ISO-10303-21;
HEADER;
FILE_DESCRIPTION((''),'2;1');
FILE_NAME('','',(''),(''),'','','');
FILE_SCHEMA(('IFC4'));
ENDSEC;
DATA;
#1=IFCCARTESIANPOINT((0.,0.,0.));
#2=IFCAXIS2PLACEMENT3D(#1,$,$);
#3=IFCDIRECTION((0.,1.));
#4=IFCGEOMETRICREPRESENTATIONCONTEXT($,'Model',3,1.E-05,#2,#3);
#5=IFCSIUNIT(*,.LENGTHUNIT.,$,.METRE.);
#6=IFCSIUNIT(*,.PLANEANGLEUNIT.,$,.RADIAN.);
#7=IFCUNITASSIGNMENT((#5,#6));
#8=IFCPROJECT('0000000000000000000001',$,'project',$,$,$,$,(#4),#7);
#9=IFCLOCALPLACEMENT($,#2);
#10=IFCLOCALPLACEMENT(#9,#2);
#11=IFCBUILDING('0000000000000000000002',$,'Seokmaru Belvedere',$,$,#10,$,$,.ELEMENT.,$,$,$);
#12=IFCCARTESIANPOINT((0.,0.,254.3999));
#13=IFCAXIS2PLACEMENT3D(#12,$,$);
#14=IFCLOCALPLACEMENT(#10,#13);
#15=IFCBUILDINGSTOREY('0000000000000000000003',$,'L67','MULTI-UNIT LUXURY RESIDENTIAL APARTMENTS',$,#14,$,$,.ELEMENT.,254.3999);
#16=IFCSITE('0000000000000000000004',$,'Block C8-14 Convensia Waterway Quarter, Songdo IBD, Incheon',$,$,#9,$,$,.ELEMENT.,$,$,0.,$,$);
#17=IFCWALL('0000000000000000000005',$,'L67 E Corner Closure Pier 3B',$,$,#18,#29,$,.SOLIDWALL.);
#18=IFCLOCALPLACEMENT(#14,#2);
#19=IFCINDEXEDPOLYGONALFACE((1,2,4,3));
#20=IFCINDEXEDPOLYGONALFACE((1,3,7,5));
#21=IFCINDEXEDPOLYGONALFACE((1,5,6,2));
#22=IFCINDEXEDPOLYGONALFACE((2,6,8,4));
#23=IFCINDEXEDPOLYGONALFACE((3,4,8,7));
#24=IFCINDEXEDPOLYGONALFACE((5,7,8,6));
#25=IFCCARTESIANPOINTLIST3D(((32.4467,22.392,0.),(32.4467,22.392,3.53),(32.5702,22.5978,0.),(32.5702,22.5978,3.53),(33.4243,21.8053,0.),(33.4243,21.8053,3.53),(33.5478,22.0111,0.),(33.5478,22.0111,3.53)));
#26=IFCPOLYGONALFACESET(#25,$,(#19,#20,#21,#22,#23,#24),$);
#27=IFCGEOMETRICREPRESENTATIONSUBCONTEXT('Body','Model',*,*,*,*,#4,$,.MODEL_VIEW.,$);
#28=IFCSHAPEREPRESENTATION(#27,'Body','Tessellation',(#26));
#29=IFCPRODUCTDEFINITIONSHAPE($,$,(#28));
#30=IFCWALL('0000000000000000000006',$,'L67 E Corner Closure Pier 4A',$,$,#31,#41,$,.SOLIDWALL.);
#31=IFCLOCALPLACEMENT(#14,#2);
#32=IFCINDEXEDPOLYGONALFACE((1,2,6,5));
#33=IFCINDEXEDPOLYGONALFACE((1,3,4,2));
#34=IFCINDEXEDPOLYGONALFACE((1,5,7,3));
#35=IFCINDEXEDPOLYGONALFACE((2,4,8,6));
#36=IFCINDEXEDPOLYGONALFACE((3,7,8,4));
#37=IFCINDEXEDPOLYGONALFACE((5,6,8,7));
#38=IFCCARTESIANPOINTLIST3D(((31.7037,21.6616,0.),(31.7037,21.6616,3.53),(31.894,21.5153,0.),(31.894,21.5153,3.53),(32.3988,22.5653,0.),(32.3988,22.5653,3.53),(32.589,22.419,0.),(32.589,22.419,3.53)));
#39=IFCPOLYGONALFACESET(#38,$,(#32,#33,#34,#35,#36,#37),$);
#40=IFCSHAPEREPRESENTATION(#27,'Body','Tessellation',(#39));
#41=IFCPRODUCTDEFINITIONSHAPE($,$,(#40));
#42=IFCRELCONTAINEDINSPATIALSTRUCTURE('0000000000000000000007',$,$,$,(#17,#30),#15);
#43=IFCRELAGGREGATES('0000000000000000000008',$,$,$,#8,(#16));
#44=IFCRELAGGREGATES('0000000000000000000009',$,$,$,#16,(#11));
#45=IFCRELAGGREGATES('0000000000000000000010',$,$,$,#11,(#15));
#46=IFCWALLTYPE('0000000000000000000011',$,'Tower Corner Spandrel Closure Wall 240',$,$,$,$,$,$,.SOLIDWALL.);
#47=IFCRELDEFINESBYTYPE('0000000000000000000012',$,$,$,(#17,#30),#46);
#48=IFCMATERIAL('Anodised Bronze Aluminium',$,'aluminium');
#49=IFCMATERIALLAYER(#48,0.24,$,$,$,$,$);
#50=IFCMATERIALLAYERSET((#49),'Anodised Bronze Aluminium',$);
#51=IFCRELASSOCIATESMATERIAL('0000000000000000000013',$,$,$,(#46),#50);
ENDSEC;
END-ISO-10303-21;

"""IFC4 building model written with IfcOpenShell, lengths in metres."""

from ifc_helpers import new_model, si_unit, direction, frame, frame_2d, origin, place, context, subcontext, project, spatial, rectangle, extrude, material, layer, layer_set, type_object, element, save


model = new_model("IFC4")

# Units and contexts
model_context = context("Model", 3, precision=1e-05, world=origin(), true_north=direction((0.0, 1.0)))
body_context = subcontext(model_context, "Body", "Model", "MODEL_VIEW")
ifc_project = project(units=[si_unit("LENGTHUNIT", "METRE"), si_unit("PLANEANGLEUNIT", "RADIAN")], contexts=[model_context])

# Site, building, storey
site_placement = place(None, origin())
site = spatial("IfcSite", under=ifc_project, at=site_placement, Name="Block C8-14 Convensia Waterway Quarter, Songdo IBD, Incheon", CompositionType="ELEMENT", RefElevation=0.0)
building_placement = place(site_placement, origin())
building = spatial("IfcBuilding", under=site, at=building_placement, Name="Seokmaru Belvedere", CompositionType="ELEMENT")
storey_placement = place(building_placement, frame((0.0, 0.0, 254.3999)))
storey = spatial("IfcBuildingStorey", under=building, at=storey_placement, Name="L67", Description="MULTI-UNIT LUXURY RESIDENTIAL APARTMENTS", CompositionType="ELEMENT", Elevation=254.3999)

# Shared definitions
ifc_material_1 = material(Name="Anodised Bronze Aluminium", Category="aluminium")

# Walls
ifc_layer_1 = layer(ifc_material_1, 0.24)
ifc_layer_set_1 = layer_set([ifc_layer_1], Name="Anodised Bronze Aluminium")
wall_type_1 = type_object("IfcWallType", Name="Tower Corner Spandrel Closure Wall 240", PredefinedType="SOLIDWALL", material=ifc_layer_set_1)
for number, where, z_axis, x_axis, name in (
    (1, (33.4861, 21.9082, 0.0), (0.0, 0.0, 1.0), (-0.857436, 0.51459, 0.0), "L67 E Corner Closure Pier 3B"),
    (2, (32.4939, 22.4922, 0.0), (0.0, 0.0, 1.0), (-0.609618, -0.792696, 0.0), "L67 E Corner Closure Pier 4A"),
):
    element("IfcWall", number, at=place(storey_placement, frame(where, z_axis=z_axis, x_axis=x_axis)), inside=storey, type_object=wall_type_1, Name=name, PredefinedType="SOLIDWALL", context=body_context, shape_type="SweptSolid", body=[
        extrude(rectangle(XDim=1.1401, YDim=0.24, at=frame_2d((0.5701, 0.0))), origin(), (0.0, 0.0, 1.0), 3.53),
    ])

save(model, "model.ifc")
